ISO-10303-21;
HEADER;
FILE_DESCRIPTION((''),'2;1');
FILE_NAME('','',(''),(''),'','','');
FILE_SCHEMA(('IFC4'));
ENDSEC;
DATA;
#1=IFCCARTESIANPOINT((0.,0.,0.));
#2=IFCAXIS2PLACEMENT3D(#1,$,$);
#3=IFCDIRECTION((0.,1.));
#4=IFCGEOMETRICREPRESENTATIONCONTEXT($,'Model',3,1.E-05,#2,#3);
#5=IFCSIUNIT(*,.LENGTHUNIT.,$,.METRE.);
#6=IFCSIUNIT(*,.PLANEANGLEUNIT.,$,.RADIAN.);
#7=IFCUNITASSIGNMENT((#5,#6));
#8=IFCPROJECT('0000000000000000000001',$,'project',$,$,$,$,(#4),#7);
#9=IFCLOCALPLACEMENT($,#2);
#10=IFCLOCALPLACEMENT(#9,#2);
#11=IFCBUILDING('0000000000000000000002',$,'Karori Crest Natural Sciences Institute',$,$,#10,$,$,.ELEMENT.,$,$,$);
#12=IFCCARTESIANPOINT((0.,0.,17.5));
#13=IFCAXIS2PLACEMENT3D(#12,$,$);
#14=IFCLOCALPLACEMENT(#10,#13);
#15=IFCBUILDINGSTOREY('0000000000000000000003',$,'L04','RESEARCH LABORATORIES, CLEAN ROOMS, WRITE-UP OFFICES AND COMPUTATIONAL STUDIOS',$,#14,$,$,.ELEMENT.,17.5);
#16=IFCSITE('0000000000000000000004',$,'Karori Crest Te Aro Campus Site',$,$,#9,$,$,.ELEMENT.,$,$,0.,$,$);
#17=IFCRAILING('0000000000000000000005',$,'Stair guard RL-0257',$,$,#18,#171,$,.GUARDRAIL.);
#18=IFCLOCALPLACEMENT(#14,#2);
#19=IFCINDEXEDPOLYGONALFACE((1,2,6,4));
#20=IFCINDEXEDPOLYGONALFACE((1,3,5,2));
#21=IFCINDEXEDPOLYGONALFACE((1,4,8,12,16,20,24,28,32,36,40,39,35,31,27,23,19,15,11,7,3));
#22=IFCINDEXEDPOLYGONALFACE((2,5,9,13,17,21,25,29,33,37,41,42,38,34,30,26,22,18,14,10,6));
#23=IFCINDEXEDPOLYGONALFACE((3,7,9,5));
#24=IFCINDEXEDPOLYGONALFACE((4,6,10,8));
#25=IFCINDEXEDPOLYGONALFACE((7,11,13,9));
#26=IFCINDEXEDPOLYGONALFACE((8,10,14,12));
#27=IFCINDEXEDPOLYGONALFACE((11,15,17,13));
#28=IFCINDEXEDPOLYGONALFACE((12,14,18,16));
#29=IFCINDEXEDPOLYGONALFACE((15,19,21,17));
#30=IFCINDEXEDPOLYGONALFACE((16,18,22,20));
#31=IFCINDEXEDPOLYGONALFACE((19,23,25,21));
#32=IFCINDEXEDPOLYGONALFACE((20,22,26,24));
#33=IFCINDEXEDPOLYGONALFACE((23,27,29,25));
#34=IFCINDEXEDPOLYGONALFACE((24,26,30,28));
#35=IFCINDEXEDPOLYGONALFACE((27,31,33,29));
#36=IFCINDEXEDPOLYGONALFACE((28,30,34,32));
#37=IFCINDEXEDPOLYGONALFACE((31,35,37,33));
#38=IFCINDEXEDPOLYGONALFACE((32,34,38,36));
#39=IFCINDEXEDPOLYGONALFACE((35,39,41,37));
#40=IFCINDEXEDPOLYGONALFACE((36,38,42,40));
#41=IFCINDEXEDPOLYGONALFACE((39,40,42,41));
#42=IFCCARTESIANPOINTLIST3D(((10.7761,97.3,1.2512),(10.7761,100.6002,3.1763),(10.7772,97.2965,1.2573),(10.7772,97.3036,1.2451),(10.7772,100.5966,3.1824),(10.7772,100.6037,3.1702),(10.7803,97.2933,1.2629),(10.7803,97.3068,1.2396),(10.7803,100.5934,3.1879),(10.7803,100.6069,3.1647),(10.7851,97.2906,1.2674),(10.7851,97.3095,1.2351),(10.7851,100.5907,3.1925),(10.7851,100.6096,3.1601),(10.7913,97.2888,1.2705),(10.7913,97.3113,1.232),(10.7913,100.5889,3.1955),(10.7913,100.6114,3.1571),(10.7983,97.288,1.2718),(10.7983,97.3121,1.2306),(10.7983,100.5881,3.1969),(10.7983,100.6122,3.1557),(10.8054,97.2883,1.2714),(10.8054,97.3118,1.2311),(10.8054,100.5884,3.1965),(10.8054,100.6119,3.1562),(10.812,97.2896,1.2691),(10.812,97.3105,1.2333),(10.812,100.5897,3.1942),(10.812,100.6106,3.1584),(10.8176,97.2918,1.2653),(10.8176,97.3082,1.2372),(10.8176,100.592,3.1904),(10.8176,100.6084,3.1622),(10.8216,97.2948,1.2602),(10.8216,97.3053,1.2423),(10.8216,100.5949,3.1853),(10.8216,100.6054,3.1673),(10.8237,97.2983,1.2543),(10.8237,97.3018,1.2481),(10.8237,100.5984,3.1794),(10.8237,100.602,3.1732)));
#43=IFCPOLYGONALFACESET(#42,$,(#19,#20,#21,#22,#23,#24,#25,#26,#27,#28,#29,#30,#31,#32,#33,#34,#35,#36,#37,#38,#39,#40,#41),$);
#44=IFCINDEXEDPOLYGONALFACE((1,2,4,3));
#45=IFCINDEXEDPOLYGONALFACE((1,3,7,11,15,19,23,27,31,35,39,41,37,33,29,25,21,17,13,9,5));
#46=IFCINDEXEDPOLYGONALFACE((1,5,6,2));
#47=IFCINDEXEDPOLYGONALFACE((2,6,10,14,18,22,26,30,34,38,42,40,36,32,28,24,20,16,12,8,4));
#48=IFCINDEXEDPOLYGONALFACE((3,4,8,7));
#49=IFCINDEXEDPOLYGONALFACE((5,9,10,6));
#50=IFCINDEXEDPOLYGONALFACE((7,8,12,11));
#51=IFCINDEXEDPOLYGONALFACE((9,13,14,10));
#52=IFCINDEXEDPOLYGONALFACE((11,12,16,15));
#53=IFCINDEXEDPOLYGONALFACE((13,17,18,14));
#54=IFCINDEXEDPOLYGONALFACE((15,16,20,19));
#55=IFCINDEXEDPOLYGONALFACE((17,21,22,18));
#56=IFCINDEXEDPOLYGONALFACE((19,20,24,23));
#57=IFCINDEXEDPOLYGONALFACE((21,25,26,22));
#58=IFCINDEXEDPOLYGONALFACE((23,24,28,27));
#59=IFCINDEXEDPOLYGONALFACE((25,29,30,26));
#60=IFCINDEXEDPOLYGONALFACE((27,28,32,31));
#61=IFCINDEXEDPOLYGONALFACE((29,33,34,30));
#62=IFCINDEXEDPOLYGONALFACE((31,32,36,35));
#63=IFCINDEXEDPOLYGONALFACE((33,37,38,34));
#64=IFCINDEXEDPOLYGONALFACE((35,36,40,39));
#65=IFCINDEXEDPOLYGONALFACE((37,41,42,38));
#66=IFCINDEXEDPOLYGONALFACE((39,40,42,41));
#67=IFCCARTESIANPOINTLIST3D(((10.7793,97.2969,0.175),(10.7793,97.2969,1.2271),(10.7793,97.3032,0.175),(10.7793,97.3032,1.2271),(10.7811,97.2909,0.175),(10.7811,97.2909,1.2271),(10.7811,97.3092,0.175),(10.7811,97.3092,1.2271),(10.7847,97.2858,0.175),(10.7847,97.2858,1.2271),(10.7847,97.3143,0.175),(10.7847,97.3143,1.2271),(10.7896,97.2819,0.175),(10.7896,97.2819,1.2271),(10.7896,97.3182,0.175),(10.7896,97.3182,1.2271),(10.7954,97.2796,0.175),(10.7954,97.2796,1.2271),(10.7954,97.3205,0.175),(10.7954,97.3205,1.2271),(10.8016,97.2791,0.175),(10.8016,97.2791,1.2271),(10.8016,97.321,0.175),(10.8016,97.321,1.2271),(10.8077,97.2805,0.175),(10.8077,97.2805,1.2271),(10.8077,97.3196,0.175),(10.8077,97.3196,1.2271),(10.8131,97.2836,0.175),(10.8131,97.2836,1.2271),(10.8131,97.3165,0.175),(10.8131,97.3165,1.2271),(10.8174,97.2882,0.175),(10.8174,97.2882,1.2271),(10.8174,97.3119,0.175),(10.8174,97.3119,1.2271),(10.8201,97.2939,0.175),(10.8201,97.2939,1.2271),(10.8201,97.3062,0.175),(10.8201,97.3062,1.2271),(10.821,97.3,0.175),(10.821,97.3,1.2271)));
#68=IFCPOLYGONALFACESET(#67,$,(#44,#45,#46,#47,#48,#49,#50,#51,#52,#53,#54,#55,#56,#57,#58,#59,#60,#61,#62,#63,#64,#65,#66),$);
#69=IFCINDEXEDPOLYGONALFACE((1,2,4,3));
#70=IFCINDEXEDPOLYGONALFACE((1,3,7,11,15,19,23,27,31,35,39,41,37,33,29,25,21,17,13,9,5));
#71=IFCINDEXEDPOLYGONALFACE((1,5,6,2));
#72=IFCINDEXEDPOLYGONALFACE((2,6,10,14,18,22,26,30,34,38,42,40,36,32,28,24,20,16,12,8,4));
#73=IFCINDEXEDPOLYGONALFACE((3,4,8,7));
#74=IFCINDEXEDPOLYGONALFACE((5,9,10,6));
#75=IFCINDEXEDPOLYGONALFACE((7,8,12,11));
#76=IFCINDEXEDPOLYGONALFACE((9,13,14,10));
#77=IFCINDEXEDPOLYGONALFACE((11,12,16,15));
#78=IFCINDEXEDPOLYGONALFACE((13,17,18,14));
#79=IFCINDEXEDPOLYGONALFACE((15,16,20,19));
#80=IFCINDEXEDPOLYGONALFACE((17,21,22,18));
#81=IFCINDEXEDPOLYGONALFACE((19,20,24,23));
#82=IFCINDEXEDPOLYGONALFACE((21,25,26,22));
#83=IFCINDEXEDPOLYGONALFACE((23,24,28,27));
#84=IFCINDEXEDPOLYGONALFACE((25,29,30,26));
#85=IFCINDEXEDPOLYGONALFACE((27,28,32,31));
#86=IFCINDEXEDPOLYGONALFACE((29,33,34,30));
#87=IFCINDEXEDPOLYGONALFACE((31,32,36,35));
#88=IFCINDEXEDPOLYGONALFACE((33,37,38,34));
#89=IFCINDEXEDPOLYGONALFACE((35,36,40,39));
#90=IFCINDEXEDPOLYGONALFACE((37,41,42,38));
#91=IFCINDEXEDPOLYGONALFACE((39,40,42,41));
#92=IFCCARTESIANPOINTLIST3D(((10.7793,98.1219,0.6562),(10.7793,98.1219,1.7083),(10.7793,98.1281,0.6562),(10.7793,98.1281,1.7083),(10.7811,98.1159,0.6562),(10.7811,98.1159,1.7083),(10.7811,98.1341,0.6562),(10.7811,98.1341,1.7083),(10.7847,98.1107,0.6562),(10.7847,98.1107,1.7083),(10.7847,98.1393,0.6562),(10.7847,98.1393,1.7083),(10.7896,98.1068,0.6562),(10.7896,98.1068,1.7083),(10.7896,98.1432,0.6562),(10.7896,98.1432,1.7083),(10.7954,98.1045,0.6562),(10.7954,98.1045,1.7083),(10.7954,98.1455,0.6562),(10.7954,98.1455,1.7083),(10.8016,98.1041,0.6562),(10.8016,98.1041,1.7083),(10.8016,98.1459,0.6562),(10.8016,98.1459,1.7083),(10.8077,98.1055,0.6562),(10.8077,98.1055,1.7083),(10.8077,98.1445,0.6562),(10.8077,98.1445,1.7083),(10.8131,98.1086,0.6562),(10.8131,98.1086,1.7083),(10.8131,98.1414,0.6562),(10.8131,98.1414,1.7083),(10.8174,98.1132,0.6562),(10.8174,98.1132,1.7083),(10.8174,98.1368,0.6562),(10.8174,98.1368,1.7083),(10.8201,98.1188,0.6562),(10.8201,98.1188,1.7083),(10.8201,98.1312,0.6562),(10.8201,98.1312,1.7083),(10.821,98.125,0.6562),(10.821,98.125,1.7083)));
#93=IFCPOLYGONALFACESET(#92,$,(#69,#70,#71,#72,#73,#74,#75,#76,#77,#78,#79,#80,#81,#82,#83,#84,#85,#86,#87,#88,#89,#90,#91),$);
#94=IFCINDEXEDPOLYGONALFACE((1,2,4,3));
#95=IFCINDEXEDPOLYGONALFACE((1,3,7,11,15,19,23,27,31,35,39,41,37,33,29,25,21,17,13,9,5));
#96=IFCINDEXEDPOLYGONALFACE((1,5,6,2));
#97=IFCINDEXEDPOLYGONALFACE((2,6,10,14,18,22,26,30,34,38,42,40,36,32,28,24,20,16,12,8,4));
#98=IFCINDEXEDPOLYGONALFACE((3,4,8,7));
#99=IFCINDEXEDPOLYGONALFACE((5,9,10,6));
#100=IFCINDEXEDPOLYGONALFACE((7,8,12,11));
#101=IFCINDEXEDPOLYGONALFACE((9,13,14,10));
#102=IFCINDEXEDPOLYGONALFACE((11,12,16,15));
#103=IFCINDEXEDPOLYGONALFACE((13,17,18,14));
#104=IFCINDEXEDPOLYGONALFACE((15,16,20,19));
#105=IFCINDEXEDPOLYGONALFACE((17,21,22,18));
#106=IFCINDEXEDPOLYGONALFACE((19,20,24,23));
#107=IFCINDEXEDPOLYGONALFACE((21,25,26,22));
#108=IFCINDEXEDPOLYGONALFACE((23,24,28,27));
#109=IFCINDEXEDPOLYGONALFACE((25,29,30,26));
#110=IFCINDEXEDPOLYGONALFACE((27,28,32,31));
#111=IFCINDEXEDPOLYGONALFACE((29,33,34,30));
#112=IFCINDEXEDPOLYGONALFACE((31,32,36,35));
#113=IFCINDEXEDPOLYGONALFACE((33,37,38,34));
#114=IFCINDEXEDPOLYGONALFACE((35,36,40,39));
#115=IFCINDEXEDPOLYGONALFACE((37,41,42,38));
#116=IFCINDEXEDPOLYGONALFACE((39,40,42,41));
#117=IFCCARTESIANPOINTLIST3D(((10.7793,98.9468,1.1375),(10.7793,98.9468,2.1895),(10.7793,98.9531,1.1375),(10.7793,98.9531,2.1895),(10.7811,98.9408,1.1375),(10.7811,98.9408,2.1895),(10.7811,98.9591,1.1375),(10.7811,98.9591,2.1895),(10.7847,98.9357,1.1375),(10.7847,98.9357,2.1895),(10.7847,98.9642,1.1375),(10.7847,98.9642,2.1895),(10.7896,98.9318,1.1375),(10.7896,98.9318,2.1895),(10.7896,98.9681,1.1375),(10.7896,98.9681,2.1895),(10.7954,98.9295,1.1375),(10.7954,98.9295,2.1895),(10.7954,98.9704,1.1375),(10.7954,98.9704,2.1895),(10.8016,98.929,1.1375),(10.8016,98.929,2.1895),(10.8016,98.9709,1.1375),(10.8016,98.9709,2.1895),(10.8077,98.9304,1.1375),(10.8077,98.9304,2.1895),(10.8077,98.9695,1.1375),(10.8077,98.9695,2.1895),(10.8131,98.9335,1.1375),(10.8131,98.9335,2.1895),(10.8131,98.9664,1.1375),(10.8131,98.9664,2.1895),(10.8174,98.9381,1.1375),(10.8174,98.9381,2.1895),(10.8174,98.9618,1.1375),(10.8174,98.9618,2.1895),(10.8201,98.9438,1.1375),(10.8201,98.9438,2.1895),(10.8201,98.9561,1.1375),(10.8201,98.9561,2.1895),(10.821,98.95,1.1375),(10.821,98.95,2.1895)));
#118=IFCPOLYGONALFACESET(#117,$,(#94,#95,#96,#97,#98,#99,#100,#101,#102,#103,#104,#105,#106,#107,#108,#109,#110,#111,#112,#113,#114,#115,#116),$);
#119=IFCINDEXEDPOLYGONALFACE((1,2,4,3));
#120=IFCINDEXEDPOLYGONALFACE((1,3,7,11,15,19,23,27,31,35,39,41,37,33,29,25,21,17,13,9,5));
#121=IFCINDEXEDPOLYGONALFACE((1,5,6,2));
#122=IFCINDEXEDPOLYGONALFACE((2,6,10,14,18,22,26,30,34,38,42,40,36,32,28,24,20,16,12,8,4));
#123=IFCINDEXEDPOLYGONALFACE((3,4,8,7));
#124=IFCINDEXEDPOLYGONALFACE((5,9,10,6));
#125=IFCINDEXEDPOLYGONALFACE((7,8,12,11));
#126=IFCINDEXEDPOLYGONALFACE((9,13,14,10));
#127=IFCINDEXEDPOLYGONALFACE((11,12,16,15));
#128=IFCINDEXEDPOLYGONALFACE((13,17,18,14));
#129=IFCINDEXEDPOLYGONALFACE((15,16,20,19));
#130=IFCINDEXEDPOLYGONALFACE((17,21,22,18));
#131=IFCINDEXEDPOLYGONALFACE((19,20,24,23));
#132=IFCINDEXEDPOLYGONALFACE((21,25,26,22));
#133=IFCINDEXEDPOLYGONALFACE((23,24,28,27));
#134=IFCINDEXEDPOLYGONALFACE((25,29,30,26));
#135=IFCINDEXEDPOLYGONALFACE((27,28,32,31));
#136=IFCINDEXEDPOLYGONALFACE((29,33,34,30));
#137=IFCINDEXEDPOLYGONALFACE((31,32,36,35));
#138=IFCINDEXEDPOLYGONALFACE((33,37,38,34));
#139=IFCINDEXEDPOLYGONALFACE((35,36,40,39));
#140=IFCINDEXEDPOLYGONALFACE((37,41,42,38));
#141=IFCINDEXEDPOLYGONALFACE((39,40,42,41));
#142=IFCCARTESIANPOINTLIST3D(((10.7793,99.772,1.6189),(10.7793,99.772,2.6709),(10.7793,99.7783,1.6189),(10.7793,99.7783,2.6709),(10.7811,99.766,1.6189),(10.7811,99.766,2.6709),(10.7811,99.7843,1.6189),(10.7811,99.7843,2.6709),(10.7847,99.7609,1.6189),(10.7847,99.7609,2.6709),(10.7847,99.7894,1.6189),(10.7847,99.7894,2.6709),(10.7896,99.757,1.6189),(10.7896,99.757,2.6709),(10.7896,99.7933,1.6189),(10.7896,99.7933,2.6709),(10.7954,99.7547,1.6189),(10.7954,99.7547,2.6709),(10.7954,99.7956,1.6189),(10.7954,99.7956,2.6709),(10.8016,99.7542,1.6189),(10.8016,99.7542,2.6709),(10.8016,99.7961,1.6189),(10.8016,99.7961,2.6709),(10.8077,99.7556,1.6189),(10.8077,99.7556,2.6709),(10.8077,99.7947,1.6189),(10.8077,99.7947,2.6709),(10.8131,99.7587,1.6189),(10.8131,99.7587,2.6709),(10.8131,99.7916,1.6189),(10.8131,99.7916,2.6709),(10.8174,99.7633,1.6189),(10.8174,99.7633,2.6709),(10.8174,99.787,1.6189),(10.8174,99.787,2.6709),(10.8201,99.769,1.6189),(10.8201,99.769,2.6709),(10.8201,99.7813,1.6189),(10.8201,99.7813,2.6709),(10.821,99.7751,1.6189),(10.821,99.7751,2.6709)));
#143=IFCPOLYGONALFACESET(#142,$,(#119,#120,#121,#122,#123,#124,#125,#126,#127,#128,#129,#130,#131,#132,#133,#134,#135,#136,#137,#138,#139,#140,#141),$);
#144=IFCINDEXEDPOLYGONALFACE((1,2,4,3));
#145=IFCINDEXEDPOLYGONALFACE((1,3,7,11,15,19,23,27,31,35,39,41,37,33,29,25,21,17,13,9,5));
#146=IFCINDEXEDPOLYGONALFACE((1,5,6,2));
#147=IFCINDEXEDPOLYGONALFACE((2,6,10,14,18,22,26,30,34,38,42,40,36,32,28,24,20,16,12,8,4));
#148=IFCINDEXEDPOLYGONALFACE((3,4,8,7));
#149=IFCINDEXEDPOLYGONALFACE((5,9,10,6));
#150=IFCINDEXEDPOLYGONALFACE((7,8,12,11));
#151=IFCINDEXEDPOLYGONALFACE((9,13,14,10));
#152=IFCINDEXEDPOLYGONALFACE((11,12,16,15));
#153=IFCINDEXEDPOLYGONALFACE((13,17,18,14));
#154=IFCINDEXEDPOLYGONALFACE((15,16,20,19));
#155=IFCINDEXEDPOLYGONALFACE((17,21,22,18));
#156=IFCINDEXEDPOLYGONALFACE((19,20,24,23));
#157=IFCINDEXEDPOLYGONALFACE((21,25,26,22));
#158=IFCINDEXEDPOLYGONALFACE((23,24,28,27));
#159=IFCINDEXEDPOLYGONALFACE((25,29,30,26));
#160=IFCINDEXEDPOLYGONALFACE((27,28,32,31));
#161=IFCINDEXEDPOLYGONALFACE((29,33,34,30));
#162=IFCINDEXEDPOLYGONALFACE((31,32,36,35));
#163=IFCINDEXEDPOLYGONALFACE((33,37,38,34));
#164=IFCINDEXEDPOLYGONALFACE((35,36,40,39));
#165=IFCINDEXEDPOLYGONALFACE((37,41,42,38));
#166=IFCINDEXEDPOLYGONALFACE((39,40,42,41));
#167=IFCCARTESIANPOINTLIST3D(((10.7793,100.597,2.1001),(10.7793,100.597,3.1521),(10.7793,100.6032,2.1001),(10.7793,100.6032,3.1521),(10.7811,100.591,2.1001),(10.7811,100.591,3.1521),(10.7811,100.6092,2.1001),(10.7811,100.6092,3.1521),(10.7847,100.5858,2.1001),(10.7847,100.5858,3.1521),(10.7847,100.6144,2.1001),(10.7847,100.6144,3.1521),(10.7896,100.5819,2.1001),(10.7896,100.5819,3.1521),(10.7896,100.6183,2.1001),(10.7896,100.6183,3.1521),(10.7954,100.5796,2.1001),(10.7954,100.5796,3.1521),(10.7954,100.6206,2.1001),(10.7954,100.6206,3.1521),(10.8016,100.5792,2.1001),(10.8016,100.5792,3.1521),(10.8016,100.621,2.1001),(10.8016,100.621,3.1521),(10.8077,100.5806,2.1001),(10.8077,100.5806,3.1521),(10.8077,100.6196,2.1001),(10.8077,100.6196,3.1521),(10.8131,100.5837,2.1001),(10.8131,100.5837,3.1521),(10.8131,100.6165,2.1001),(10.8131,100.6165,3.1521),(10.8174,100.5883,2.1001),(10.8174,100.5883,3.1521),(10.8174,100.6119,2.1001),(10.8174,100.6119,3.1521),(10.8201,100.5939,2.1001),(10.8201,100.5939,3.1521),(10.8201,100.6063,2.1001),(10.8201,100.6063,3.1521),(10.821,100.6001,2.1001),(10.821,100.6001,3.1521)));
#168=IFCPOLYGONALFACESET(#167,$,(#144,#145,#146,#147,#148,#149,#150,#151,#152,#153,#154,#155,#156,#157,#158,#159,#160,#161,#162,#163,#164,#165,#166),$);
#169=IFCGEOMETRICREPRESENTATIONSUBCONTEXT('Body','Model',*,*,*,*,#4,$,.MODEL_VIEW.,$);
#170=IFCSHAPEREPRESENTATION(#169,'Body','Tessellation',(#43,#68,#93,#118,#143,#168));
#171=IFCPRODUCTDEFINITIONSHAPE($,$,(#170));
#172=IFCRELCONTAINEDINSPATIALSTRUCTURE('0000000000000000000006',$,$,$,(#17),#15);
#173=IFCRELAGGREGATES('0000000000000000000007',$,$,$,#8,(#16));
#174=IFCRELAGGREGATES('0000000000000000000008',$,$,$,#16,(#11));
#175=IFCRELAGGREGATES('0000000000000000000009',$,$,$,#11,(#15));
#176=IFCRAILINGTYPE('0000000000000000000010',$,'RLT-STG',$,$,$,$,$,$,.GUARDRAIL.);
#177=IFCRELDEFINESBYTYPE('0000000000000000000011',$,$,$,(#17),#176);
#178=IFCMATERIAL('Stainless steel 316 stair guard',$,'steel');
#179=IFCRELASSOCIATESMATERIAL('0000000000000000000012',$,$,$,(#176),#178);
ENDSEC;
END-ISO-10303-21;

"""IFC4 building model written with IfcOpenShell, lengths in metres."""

from ifc_helpers import new_model, si_unit, direction, frame, origin, origin_2d, place, context, subcontext, project, spatial, circle, extrude, material, type_object, element, save


model = new_model("IFC4")

# Units and contexts
model_context = context("Model", 3, precision=1e-05, world=origin(), true_north=direction((0.0, 1.0)))
body_context = subcontext(model_context, "Body", "Model", "MODEL_VIEW")
ifc_project = project(units=[si_unit("LENGTHUNIT", "METRE"), si_unit("PLANEANGLEUNIT", "RADIAN")], contexts=[model_context])

# Site, building, storey
site_placement = place(None, origin())
site = spatial("IfcSite", under=ifc_project, at=site_placement, Name="Karori Crest Te Aro Campus Site", CompositionType="ELEMENT", RefElevation=0.0)
building_placement = place(site_placement, origin())
building = spatial("IfcBuilding", under=site, at=building_placement, Name="Karori Crest Natural Sciences Institute", CompositionType="ELEMENT")
storey_placement = place(building_placement, frame((0.0, 0.0, 17.5)))
storey = spatial("IfcBuildingStorey", under=building, at=storey_placement, Name="L04", Description="RESEARCH LABORATORIES, CLEAN ROOMS, WRITE-UP OFFICES AND COMPUTATIONAL STUDIOS", CompositionType="ELEMENT", Elevation=17.5)

# Railing
ifc_material_1 = material(Name="Stainless steel 316 stair guard", Category="steel")
railing_type_1 = type_object("IfcRailingType", Name="RLT-STG", PredefinedType="GUARDRAIL", material=ifc_material_1)
railing_1_placement = place(storey_placement, frame((10.8, 97.3, 0.175)))
element("IfcRailing", 1, at=railing_1_placement, inside=storey, type_object=railing_type_1, Name="Stair guard RL-0257", PredefinedType="GUARDRAIL", context=body_context, shape_type="SweptSolid", body=[
    extrude(circle(Radius=0.0239, at=origin_2d()), frame((0.0, 0.0, 1.0762), z_axis=(0.0, 0.863777, 0.503875), x_axis=(-1.0, 0.0, 0.0)), (0.0, 0.0, 1.0), 3.8206),
    extrude(circle(Radius=0.021, at=origin_2d()), origin(), (0.0, 0.0, 1.0), 1.052),
    extrude(circle(Radius=0.021, at=origin_2d()), frame((0.0, 0.825, 0.4812)), (0.0, 0.0, 1.0), 1.052),
    extrude(circle(Radius=0.021, at=origin_2d()), frame((0.0, 1.6499, 0.9624)), (0.0, 0.0, 1.0), 1.052),
    extrude(circle(Radius=0.021, at=origin_2d()), frame((0.0, 2.4751, 1.4438)), (0.0, 0.0, 1.0), 1.052),
    extrude(circle(Radius=0.021, at=origin_2d()), frame((0.0, 3.3, 1.925)), (0.0, 0.0, 1.0), 1.052),
])

save(model, "model.ifc")
